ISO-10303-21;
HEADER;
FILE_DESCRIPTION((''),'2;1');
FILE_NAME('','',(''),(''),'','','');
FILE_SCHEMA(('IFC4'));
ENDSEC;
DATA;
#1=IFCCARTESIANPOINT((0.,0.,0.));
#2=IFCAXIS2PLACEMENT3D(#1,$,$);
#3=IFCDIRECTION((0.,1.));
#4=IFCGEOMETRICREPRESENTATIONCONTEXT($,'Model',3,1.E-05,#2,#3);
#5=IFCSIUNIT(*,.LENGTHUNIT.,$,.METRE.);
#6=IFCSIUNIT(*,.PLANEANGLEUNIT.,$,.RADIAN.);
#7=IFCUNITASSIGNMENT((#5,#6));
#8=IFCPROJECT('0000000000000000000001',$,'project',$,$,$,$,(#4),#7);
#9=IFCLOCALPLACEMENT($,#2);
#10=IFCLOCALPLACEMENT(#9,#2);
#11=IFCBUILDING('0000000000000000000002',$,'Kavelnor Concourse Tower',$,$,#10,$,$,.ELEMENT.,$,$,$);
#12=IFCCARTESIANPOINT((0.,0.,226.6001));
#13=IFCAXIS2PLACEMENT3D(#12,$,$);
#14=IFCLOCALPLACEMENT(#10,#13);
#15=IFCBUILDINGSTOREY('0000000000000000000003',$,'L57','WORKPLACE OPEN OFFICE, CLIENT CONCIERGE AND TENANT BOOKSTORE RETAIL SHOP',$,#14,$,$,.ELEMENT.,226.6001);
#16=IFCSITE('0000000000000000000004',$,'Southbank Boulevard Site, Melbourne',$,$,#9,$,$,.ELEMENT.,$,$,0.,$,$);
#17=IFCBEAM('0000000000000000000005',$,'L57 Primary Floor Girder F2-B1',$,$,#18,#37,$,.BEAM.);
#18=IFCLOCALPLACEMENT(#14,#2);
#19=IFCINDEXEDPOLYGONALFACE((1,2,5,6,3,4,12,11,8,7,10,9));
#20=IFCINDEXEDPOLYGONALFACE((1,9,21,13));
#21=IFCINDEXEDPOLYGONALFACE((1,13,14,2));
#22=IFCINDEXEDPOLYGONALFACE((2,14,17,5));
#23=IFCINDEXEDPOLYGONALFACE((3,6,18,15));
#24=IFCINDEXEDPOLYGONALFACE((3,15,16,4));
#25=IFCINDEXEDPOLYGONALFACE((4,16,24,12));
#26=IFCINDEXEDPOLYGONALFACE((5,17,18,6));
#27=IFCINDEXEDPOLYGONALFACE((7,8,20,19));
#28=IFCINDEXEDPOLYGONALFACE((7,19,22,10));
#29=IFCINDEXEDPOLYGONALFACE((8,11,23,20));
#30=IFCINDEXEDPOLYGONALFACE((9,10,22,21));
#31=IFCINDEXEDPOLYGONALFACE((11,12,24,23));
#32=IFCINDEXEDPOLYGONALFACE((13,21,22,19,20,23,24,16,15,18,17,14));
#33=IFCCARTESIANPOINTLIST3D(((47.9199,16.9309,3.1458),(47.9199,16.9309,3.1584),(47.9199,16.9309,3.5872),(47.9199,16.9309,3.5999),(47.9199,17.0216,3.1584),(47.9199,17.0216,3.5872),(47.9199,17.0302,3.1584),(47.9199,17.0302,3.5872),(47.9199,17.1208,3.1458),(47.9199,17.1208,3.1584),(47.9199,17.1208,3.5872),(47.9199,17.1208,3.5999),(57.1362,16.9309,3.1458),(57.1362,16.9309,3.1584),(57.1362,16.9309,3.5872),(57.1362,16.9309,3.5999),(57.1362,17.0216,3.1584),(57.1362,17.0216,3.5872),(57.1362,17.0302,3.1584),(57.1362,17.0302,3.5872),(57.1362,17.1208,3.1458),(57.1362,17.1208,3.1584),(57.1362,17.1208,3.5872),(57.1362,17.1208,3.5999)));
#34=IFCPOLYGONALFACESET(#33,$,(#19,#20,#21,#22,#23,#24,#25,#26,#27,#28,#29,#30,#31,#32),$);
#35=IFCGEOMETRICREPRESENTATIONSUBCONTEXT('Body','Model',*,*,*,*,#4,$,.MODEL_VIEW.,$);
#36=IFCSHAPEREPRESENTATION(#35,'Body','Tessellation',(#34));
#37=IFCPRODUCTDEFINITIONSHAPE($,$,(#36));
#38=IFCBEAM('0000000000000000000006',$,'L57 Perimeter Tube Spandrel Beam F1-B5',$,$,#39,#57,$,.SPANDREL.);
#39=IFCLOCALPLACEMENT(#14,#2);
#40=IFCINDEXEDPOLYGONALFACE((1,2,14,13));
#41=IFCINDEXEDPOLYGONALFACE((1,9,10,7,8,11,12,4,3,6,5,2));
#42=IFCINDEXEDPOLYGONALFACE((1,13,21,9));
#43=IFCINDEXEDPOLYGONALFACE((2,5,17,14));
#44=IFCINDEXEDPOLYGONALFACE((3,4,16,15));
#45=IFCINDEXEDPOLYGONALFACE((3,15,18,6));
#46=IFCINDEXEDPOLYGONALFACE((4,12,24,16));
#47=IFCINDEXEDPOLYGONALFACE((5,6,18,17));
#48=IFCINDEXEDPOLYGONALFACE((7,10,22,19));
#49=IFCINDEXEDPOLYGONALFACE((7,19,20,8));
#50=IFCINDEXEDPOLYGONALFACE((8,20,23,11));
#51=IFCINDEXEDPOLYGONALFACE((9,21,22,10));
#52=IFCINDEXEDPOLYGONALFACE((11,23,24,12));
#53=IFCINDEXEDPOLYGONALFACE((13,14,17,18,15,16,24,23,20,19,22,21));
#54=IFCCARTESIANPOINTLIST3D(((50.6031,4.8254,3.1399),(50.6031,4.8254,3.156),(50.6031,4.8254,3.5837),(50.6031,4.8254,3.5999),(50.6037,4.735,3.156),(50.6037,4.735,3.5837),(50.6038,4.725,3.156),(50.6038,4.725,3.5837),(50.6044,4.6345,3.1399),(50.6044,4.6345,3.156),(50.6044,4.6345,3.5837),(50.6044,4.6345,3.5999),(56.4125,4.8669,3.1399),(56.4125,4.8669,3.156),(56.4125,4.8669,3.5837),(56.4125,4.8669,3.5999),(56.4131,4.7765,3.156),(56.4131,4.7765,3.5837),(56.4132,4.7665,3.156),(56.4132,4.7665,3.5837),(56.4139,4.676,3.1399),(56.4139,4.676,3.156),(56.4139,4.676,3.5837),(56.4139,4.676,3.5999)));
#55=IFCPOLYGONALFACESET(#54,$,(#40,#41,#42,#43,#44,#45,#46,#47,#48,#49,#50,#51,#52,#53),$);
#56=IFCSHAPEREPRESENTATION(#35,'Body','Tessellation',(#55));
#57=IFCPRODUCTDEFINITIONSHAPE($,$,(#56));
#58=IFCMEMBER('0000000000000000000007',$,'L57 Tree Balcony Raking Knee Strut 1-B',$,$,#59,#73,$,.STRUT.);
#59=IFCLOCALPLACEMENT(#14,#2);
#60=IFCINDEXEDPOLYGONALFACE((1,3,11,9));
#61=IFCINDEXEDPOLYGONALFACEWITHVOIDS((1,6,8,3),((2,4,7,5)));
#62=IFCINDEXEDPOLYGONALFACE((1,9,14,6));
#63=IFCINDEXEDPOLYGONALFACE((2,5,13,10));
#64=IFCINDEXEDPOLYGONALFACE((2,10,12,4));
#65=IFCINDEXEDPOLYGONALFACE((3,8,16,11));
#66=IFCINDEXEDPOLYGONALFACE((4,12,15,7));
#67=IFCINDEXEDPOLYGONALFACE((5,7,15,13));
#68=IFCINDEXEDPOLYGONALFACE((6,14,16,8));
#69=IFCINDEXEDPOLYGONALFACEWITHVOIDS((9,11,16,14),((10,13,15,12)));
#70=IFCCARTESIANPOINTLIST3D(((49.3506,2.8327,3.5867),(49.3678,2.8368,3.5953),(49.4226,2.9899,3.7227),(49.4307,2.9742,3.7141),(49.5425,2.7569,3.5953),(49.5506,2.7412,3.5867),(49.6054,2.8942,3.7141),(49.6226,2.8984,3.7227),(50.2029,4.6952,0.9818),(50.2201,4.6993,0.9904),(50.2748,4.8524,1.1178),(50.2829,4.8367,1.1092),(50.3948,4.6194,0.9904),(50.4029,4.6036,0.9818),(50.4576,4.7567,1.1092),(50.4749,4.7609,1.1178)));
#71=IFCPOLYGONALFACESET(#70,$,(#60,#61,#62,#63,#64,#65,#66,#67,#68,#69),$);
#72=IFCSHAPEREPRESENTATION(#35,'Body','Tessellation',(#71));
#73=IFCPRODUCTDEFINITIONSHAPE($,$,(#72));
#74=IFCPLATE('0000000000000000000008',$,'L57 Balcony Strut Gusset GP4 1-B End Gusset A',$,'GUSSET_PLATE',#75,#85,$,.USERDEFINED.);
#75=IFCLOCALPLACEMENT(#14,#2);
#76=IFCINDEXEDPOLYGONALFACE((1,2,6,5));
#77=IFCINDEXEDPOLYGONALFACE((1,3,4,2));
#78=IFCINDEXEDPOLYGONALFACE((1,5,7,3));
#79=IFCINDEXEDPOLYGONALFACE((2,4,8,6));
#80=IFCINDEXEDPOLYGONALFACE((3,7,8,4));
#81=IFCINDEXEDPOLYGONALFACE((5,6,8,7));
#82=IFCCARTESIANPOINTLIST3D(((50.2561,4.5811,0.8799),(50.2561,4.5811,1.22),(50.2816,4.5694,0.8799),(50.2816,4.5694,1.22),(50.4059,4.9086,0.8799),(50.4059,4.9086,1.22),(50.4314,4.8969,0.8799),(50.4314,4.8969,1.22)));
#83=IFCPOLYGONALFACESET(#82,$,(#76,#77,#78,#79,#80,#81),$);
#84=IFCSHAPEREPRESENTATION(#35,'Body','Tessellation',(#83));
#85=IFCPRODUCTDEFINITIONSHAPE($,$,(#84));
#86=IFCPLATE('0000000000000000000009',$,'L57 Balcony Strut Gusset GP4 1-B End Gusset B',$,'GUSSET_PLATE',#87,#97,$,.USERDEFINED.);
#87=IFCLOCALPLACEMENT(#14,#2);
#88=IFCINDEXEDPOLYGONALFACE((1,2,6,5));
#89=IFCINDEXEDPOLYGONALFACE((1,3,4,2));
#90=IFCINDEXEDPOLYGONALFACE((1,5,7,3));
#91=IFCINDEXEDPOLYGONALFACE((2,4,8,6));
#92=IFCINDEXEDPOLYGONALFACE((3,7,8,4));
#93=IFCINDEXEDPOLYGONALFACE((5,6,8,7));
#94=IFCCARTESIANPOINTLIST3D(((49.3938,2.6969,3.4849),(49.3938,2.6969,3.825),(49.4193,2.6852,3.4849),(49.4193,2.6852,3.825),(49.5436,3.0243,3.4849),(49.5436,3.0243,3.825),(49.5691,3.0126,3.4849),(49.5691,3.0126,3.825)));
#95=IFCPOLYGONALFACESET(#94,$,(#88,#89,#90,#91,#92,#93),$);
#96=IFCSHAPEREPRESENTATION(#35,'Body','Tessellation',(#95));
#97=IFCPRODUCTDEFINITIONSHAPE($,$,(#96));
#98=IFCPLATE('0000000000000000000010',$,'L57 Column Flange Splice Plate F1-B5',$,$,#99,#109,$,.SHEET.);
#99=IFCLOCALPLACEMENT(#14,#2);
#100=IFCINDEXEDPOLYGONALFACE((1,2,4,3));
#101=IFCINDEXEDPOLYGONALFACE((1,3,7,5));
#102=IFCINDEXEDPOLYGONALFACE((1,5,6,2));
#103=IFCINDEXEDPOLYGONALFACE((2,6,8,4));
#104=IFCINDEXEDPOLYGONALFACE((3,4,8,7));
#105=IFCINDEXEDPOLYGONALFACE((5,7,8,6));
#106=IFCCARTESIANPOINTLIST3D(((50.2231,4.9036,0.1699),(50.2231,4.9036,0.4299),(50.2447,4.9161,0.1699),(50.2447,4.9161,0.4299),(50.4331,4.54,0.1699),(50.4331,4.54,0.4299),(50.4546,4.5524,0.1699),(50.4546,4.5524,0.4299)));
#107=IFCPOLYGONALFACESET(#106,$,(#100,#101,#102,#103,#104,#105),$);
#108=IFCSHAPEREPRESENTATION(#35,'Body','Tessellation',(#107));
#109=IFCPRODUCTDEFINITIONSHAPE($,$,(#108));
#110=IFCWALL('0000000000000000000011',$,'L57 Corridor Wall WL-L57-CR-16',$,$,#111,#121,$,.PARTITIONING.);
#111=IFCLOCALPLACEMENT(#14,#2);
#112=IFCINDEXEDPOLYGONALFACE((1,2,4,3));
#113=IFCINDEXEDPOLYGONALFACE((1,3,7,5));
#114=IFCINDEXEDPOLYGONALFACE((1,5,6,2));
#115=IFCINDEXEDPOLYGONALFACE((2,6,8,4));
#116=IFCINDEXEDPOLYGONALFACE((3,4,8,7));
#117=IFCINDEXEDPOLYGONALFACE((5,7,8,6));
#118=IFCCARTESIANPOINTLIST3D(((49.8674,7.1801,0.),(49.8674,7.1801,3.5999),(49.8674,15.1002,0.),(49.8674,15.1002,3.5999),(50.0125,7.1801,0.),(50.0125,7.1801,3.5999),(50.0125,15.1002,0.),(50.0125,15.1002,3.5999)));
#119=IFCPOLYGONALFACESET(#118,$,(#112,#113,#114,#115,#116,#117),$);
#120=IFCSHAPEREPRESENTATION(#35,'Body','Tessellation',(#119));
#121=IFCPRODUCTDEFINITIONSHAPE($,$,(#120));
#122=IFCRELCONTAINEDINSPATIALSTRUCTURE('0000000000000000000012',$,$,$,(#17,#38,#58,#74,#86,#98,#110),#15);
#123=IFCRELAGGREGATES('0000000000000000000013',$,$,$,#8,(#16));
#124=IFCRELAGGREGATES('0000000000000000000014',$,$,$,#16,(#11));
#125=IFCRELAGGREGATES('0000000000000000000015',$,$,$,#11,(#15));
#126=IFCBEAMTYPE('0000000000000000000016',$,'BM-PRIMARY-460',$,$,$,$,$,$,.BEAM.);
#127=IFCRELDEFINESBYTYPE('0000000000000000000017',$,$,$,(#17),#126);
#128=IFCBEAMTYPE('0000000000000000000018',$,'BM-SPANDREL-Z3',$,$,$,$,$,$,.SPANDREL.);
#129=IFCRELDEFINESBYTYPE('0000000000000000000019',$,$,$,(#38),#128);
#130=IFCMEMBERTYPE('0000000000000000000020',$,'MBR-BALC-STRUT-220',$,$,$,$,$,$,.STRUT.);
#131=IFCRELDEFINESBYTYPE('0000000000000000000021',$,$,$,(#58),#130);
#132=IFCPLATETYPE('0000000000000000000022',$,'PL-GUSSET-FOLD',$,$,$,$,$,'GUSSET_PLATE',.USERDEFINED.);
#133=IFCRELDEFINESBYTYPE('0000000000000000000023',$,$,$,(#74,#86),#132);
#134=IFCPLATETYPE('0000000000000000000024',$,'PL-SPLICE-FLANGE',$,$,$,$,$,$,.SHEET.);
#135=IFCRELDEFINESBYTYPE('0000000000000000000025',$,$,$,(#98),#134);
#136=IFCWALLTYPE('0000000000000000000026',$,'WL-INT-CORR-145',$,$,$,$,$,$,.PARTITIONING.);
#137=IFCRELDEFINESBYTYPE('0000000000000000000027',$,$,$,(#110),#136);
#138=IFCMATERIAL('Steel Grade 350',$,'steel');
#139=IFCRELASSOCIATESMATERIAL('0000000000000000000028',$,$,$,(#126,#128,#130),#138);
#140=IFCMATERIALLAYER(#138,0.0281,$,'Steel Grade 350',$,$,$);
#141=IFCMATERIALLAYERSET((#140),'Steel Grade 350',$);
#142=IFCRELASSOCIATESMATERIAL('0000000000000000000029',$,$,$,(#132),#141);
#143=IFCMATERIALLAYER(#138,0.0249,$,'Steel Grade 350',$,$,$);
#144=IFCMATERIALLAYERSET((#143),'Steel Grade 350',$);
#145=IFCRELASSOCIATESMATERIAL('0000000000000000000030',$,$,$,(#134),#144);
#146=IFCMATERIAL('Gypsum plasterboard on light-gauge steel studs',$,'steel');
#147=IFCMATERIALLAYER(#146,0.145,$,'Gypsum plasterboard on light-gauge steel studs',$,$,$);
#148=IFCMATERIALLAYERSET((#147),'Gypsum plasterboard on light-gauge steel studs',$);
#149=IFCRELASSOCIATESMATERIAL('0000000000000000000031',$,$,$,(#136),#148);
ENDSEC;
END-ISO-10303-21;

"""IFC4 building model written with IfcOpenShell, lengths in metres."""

from ifc_helpers import new_model, si_unit, direction, frame, frame_2d, origin, origin_2d, place, context, subcontext, project, spatial, rectangle, hollow_rectangle, i_section, extrude, material, layer, layer_set, material_profile, profile_set, type_object, element, save


model = new_model("IFC4")

# Units and contexts
model_context = context("Model", 3, precision=1e-05, world=origin(), true_north=direction((0.0, 1.0)))
body_context = subcontext(model_context, "Body", "Model", "MODEL_VIEW")
ifc_project = project(units=[si_unit("LENGTHUNIT", "METRE"), si_unit("PLANEANGLEUNIT", "RADIAN")], contexts=[model_context])

# Site, building, storey
site_placement = place(None, origin())
site = spatial("IfcSite", under=ifc_project, at=site_placement, Name="Southbank Boulevard Site, Melbourne", CompositionType="ELEMENT", RefElevation=0.0)
building_placement = place(site_placement, origin())
building = spatial("IfcBuilding", under=site, at=building_placement, Name="Kavelnor Concourse Tower", CompositionType="ELEMENT")
storey_placement = place(building_placement, frame((0.0, 0.0, 226.6001)))
storey = spatial("IfcBuildingStorey", under=building, at=storey_placement, Name="L57", Description="WORKPLACE OPEN OFFICE, CLIENT CONCIERGE AND TENANT BOOKSTORE RETAIL SHOP", CompositionType="ELEMENT", Elevation=226.6001)

# Shared definitions
ifc_material_1 = material(Name="Steel Grade 350", Category="steel")

# Beams
ifc_material_profile_1 = material_profile(ifc_material_1, i_section(OverallWidth=0.1899, OverallDepth=0.4541, WebThickness=0.0085, FlangeThickness=0.0127, at=origin_2d()), Name="460UB67")
ifc_profile_set_1 = profile_set([ifc_material_profile_1], Name="Steel Grade 350")
beam_type_1 = type_object("IfcBeamType", Name="BM-PRIMARY-460", PredefinedType="BEAM", material=ifc_profile_set_1)
beam_1_placement = place(storey_placement, frame((47.9199, 17.0259, 3.3728), z_axis=(1.0, 0.0, 0.0), x_axis=(0.0, 1.0, 0.0)))
element("IfcBeam", 1, at=beam_1_placement, inside=storey, type_object=beam_type_1, Name="L57 Primary Floor Girder F2-B1", PredefinedType="BEAM", context=body_context, shape_type="SweptSolid", body=[
    extrude(i_section(OverallWidth=0.1899, OverallDepth=0.4541, WebThickness=0.0085, FlangeThickness=0.0127, at=origin_2d()), origin(), (0.0, 0.0, 1.0), 9.2163),
])
ifc_material_profile_2 = material_profile(ifc_material_1, i_section(OverallWidth=0.1909, OverallDepth=0.46, WebThickness=0.01, FlangeThickness=0.0161, at=origin_2d()), Name="460UB82")
ifc_profile_set_2 = profile_set([ifc_material_profile_2], Name="Steel Grade 350")
beam_type_2 = type_object("IfcBeamType", Name="BM-SPANDREL-Z3", PredefinedType="SPANDREL", material=ifc_profile_set_2)
beam_2_placement = place(storey_placement, frame((50.6038, 4.73, 3.3699), z_axis=(0.999974, 0.007144, 0.0), x_axis=(-0.007144, 0.999974, 0.0)))
element("IfcBeam", 2, at=beam_2_placement, inside=storey, type_object=beam_type_2, Name="L57 Perimeter Tube Spandrel Beam F1-B5", PredefinedType="SPANDREL", context=body_context, shape_type="SweptSolid", body=[
    extrude(i_section(OverallWidth=0.1909, OverallDepth=0.46, WebThickness=0.01, FlangeThickness=0.0161, at=origin_2d()), origin(), (0.0, 0.0, 1.0), 5.8096),
])

# Member
ifc_material_profile_3 = material_profile(ifc_material_1, hollow_rectangle(XDim=0.22, YDim=0.22, WallThickness=0.0139, at=origin_2d()), Name="SHS 220x220x14")
ifc_profile_set_3 = profile_set([ifc_material_profile_3], Name="Steel Grade 350")
member_type = type_object("IfcMemberType", Name="MBR-BALC-STRUT-220", PredefinedType="STRUT", material=ifc_profile_set_3)
member_placement = place(storey_placement, frame((50.3389, 4.728, 1.0498), z_axis=(-0.257194, -0.562055, 0.786095), x_axis=(0.909319, -0.416101, 0.0)))
element("IfcMember", 3, at=member_placement, inside=storey, type_object=member_type, Name="L57 Tree Balcony Raking Knee Strut 1-B", PredefinedType="STRUT", context=body_context, shape_type="SweptSolid", body=[
    extrude(hollow_rectangle(XDim=0.22, YDim=0.22, WallThickness=0.0139, at=origin_2d()), origin(), (0.0, 0.0, 1.0), 3.3137),
])

# Plates
ifc_layer_1 = layer(ifc_material_1, 0.0281, Name="Steel Grade 350")
ifc_layer_set_1 = layer_set([ifc_layer_1], Name="Steel Grade 350")
plate_type_1 = type_object("IfcPlateType", Name="PL-GUSSET-FOLD", ElementType="GUSSET_PLATE", PredefinedType="USERDEFINED", material=ifc_layer_set_1)
for number, where, z_axis, x_axis, name in (
    (4, (50.3438, 4.739, 0.8799), (0.0, 0.0, 1.0), (-0.416122, -0.909309, 0.0), "L57 Balcony Strut Gusset GP4 1-B End Gusset A"),
    (5, (49.4814, 2.8547, 3.4849), (0.0, 0.0, 1.0), (-0.416122, -0.909309, 0.0), "L57 Balcony Strut Gusset GP4 1-B End Gusset B"),
):
    element("IfcPlate", number, at=place(storey_placement, frame(where, z_axis=z_axis, x_axis=x_axis)), inside=storey, type_object=plate_type_1, Name=name, ObjectType="GUSSET_PLATE", PredefinedType="USERDEFINED", context=body_context, shape_type="SweptSolid", body=[
        extrude(rectangle(XDim=0.3601, YDim=0.0281, at=origin_2d()), origin(), (0.0, 0.0, 1.0), 0.3401),
    ])
ifc_layer_2 = layer(ifc_material_1, 0.0249, Name="Steel Grade 350")
ifc_layer_set_2 = layer_set([ifc_layer_2], Name="Steel Grade 350")
plate_type_2 = type_object("IfcPlateType", Name="PL-SPLICE-FLANGE", PredefinedType="SHEET", material=ifc_layer_set_2)
plate_placement = place(storey_placement, frame((50.3389, 4.728, 0.1699), z_axis=(0.0, 0.0, 1.0), x_axis=(-0.5, 0.866025, 0.0)))
element("IfcPlate", 6, at=plate_placement, inside=storey, type_object=plate_type_2, Name="L57 Column Flange Splice Plate F1-B5", PredefinedType="SHEET", context=body_context, shape_type="SweptSolid", body=[
    extrude(rectangle(XDim=0.4199, YDim=0.0249, at=origin_2d()), origin(), (0.0, 0.0, 1.0), 0.26),
])

# Wall
ifc_material_2 = material(Name="Gypsum plasterboard on light-gauge steel studs", Category="steel")
ifc_layer_3 = layer(ifc_material_2, 0.145, Name="Gypsum plasterboard on light-gauge steel studs")
ifc_layer_set_3 = layer_set([ifc_layer_3], Name="Gypsum plasterboard on light-gauge steel studs")
wall_type = type_object("IfcWallType", Name="WL-INT-CORR-145", PredefinedType="PARTITIONING", material=ifc_layer_set_3)
wall_1_placement = place(storey_placement, frame((49.9399, 15.1001, 0.0), z_axis=(0.0, 0.0, 1.0), x_axis=(0.0, -1.0, 0.0)))
element("IfcWall", 7, at=wall_1_placement, inside=storey, type_object=wall_type, Name="L57 Corridor Wall WL-L57-CR-16", PredefinedType="PARTITIONING", context=body_context, shape_type="SweptSolid", body=[
    extrude(rectangle(XDim=7.9202, YDim=0.145, at=frame_2d((3.96, 0.0))), origin(), (0.0, 0.0, 1.0), 3.5999),
])

save(model, "model.ifc")
